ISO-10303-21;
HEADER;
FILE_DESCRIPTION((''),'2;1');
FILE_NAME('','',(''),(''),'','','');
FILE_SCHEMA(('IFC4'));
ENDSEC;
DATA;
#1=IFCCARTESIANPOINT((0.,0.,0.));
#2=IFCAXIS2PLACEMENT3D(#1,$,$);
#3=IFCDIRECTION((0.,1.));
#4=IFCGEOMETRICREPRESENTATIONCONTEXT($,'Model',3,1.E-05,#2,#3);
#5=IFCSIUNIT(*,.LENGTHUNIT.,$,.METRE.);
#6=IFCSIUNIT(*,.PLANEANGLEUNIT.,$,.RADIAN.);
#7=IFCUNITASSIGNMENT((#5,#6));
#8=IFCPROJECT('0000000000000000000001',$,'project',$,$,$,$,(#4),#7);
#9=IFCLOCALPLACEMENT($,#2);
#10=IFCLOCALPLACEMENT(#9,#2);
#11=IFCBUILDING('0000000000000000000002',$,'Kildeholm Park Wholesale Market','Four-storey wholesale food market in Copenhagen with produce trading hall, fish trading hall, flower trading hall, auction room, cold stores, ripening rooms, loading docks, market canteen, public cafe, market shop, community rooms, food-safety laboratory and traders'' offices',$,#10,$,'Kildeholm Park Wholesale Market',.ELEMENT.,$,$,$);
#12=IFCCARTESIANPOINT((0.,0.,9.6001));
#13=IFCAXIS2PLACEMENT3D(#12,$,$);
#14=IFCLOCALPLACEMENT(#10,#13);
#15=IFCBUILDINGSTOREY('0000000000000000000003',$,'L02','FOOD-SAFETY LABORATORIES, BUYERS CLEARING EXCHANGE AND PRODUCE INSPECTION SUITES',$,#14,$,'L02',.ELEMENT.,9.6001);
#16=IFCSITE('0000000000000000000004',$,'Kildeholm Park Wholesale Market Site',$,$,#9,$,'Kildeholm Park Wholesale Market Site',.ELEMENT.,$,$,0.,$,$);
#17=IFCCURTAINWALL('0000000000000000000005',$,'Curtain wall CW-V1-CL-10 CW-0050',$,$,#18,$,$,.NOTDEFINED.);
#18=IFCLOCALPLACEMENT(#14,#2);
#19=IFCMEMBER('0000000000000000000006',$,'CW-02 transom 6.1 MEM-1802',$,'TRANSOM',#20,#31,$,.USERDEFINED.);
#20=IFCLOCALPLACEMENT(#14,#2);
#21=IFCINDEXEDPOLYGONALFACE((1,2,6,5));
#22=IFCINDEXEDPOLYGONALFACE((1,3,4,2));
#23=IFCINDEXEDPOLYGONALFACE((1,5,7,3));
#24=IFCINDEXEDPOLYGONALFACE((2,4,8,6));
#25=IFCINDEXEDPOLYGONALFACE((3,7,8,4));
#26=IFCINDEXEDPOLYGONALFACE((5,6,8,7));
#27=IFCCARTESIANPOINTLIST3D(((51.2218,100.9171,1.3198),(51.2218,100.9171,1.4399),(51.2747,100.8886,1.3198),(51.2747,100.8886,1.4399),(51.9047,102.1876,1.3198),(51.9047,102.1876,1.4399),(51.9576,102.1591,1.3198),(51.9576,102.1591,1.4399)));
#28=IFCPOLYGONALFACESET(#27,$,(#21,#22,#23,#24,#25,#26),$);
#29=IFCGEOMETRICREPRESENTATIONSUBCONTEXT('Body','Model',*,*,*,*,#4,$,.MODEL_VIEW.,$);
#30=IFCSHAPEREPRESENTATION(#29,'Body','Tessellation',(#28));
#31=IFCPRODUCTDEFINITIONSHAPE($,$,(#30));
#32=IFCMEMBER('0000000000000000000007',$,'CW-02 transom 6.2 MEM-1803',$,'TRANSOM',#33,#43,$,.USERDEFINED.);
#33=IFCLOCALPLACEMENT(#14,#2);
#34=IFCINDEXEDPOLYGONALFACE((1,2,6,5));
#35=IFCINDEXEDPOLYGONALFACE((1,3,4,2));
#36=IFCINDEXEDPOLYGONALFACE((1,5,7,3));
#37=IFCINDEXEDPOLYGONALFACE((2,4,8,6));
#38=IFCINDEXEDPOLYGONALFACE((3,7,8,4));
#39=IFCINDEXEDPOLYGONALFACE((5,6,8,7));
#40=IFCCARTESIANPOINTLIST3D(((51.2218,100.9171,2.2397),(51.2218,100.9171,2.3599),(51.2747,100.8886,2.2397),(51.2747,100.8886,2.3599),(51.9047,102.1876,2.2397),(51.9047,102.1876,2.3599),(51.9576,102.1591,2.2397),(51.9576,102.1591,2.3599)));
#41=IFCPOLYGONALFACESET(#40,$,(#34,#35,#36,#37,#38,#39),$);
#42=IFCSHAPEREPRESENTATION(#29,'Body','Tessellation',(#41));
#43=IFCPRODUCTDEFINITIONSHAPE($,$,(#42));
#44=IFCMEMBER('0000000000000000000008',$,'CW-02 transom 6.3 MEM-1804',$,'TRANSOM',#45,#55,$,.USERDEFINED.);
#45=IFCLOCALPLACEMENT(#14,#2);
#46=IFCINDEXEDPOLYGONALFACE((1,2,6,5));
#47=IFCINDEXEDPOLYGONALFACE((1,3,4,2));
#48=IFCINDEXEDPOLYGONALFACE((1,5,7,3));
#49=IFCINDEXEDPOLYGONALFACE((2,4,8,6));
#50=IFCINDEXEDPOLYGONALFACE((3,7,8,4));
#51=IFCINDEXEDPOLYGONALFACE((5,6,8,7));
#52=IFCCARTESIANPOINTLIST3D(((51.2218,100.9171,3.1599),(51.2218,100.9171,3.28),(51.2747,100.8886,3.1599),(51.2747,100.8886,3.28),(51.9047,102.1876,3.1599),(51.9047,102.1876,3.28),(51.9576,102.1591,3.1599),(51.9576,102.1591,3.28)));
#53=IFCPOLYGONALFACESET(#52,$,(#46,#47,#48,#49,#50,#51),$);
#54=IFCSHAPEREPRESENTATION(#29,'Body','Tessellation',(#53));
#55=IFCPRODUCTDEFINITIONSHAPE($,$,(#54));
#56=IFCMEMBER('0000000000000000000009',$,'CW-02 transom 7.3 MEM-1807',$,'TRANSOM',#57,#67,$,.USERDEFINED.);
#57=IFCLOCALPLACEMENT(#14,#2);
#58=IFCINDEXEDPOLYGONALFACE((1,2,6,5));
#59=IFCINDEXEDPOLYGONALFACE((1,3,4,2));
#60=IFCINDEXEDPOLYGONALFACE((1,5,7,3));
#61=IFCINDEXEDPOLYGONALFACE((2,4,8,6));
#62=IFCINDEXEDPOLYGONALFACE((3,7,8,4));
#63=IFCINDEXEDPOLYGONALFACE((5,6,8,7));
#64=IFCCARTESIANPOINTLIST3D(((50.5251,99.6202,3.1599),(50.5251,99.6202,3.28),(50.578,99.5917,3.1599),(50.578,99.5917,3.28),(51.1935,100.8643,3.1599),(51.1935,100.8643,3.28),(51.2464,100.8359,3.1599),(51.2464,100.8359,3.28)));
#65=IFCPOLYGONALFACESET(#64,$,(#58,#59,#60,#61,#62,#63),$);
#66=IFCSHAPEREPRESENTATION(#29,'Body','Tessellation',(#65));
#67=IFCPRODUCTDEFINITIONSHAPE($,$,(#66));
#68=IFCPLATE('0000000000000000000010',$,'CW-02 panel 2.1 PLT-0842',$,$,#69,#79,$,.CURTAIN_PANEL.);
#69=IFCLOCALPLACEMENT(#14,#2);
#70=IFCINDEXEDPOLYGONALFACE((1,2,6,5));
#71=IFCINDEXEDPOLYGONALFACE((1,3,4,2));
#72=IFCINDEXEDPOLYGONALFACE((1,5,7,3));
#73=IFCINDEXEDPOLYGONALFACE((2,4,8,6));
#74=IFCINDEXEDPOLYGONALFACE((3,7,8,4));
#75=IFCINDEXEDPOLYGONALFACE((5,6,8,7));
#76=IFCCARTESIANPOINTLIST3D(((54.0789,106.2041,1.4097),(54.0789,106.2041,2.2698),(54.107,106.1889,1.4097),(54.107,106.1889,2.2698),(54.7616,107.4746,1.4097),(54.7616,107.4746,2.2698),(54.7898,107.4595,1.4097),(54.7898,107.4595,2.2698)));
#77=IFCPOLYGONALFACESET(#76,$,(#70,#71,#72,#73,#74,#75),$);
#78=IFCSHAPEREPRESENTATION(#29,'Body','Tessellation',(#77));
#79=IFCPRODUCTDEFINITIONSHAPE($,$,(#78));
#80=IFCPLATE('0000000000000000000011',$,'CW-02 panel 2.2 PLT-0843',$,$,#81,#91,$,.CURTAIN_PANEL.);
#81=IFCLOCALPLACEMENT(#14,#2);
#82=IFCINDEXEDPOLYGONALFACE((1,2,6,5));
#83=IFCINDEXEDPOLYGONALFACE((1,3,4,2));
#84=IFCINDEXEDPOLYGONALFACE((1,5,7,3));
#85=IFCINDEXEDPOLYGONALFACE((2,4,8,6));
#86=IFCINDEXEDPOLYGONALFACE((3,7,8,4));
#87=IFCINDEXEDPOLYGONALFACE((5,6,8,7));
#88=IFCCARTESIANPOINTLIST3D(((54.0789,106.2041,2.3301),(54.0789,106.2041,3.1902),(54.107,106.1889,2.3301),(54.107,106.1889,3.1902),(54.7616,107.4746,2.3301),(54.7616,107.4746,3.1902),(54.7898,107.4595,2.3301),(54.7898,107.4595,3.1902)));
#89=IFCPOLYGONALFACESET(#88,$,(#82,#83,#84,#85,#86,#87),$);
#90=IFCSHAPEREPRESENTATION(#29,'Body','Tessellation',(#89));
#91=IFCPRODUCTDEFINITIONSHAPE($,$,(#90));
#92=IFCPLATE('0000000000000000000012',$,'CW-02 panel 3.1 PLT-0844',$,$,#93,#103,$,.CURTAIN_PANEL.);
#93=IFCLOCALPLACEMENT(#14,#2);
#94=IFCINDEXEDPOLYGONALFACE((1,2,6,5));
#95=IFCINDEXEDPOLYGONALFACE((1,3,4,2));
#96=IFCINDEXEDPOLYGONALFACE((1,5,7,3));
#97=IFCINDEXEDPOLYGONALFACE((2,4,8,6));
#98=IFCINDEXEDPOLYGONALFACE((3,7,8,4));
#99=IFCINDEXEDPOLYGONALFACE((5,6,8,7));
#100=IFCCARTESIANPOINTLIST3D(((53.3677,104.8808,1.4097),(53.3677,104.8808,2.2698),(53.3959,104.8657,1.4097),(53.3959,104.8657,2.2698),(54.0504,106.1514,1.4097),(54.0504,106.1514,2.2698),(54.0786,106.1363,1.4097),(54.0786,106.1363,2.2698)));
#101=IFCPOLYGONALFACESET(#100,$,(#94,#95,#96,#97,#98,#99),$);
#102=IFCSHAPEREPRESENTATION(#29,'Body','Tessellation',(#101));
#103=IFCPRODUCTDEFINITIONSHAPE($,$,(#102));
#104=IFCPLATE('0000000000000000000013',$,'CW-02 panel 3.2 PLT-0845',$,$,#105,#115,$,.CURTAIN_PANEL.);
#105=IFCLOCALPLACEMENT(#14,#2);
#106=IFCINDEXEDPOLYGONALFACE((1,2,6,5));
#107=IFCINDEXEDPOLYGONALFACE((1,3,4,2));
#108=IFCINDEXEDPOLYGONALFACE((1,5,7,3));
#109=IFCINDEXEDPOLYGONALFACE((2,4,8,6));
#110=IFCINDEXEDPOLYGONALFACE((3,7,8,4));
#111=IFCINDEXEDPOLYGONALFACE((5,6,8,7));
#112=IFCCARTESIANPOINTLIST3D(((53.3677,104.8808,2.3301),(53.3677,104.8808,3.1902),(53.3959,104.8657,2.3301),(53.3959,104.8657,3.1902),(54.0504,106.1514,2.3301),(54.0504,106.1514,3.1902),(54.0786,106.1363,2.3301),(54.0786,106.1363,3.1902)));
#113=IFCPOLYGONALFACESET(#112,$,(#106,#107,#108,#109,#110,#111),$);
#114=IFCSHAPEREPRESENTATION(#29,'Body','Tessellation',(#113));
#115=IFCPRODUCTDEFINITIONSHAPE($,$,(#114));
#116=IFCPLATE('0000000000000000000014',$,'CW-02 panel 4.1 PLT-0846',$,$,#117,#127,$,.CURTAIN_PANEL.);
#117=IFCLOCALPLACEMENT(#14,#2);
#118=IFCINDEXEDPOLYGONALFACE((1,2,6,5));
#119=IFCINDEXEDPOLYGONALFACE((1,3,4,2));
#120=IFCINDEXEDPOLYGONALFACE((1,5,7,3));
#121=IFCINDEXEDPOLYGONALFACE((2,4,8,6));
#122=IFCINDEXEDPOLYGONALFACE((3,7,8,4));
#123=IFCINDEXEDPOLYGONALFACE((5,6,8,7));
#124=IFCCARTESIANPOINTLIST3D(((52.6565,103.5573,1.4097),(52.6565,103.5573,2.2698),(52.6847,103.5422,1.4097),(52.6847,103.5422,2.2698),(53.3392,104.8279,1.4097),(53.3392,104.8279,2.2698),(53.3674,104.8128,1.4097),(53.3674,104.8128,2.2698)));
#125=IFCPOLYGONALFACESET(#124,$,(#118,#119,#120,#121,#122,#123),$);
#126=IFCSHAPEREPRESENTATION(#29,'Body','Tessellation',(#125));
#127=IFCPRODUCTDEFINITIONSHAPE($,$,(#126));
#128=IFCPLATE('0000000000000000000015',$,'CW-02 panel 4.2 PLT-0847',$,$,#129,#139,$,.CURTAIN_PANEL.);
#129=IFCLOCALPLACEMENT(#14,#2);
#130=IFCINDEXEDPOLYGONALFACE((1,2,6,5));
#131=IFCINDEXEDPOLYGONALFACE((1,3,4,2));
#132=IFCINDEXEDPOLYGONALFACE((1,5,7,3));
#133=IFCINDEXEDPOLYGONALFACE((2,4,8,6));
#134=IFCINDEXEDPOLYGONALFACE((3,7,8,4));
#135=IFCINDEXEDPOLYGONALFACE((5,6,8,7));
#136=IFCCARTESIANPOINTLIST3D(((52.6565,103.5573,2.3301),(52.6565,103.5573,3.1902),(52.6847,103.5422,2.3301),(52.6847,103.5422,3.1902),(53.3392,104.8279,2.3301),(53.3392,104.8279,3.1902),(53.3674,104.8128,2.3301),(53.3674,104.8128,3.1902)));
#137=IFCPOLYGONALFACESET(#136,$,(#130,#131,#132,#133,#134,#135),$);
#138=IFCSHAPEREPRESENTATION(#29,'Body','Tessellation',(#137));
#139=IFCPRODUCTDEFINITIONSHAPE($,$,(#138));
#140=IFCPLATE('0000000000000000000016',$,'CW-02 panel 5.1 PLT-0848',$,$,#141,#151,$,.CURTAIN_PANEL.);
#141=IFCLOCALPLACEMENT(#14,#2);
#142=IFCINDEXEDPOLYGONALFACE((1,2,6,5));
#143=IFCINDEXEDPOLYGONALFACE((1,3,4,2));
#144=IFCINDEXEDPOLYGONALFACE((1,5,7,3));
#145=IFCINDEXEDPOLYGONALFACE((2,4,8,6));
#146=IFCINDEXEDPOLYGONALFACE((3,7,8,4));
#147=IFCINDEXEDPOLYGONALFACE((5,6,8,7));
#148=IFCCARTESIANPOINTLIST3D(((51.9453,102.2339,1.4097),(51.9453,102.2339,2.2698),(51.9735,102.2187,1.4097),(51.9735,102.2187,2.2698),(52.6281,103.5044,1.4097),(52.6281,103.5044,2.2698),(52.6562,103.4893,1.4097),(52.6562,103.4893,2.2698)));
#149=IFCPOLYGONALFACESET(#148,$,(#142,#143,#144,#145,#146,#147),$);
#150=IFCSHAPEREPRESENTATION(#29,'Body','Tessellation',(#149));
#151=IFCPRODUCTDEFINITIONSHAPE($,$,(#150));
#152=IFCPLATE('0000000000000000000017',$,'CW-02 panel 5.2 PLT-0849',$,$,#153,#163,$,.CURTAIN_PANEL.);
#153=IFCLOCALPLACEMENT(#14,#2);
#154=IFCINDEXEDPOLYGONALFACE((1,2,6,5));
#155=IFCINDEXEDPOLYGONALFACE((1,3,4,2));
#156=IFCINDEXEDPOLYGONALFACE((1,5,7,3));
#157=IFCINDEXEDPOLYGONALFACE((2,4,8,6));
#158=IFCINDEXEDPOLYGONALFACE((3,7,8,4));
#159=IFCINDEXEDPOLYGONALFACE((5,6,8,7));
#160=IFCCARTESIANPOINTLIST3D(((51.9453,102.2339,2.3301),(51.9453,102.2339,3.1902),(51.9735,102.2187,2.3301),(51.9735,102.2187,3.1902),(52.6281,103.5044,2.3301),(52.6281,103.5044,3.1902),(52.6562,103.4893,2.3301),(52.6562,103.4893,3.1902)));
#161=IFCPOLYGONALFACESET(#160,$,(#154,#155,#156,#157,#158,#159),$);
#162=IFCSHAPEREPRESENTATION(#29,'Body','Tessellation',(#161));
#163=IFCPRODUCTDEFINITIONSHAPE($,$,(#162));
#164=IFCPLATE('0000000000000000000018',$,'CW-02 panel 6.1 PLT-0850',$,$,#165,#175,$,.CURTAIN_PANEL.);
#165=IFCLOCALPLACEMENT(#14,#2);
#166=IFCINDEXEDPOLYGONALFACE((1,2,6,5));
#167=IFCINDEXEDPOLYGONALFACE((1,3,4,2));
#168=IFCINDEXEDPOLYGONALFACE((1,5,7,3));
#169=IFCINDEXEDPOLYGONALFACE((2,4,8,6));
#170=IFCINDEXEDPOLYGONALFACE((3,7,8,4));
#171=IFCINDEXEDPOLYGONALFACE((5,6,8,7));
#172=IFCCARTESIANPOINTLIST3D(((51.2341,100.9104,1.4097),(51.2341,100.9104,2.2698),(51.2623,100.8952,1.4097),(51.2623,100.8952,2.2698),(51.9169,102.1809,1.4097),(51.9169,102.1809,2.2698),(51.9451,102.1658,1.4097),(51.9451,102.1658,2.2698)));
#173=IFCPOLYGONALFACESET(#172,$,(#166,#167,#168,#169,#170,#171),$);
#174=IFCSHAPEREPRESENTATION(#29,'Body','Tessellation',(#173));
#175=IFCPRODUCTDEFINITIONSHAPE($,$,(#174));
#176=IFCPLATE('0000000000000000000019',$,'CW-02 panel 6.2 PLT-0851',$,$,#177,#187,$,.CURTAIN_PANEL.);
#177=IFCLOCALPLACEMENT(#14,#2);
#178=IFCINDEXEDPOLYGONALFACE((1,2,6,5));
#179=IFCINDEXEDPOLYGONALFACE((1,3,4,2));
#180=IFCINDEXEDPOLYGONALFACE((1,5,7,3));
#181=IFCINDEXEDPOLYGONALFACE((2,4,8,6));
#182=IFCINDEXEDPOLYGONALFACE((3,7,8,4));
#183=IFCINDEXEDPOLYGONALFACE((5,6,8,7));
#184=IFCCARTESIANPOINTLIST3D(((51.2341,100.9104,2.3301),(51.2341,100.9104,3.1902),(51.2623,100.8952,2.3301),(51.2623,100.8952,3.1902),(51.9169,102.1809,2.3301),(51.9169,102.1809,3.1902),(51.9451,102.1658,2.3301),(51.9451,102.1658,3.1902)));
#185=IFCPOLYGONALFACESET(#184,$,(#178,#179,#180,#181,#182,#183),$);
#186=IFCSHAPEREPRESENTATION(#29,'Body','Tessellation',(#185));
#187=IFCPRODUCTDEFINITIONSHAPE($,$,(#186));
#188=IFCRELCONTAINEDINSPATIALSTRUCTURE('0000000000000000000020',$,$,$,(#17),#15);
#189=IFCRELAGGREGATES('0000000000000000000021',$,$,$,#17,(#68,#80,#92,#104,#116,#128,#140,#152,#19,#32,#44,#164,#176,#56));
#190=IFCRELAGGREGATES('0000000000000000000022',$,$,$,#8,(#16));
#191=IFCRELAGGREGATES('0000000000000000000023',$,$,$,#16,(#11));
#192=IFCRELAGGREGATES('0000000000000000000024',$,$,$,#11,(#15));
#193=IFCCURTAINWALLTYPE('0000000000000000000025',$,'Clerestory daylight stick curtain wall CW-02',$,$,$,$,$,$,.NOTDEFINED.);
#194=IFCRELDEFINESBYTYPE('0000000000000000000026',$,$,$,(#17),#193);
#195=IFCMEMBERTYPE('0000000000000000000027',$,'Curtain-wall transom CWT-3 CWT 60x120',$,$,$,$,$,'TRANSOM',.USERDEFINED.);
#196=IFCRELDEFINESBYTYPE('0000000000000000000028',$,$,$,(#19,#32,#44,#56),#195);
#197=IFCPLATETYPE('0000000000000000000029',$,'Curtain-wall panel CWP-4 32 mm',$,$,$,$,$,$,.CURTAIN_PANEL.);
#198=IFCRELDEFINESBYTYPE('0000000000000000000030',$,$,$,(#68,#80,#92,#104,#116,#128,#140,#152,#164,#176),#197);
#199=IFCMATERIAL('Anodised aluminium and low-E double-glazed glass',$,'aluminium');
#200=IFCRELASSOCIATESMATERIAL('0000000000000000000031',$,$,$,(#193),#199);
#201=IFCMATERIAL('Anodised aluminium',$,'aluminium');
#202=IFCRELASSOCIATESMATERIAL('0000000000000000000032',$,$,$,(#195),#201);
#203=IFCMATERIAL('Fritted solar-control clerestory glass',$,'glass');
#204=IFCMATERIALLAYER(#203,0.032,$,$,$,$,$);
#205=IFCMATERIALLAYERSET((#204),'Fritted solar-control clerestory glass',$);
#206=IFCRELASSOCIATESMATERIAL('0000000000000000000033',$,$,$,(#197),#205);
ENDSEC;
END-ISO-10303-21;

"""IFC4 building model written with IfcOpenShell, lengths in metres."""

from ifc_helpers import new_model, si_unit, direction, frame, origin, origin_2d, place, context, subcontext, project, spatial, rectangle, extrude, material, layer, layer_set, material_profile, profile_set, type_object, element, aggregate, save


model = new_model("IFC4")

# Units and contexts
model_context = context("Model", 3, precision=1e-05, world=origin(), true_north=direction((0.0, 1.0)))
body_context = subcontext(model_context, "Body", "Model", "MODEL_VIEW")
ifc_project = project(units=[si_unit("LENGTHUNIT", "METRE"), si_unit("PLANEANGLEUNIT", "RADIAN")], contexts=[model_context])

# Site, building, storey
site_placement = place(None, origin())
site = spatial("IfcSite", under=ifc_project, at=site_placement, Name="Kildeholm Park Wholesale Market Site", LongName="Kildeholm Park Wholesale Market Site", CompositionType="ELEMENT", RefElevation=0.0)
building_placement = place(site_placement, origin())
building = spatial("IfcBuilding", under=site, at=building_placement, Name="Kildeholm Park Wholesale Market", Description="Four-storey wholesale food market in Copenhagen with produce trading hall, fish trading hall, flower trading hall, auction room, cold stores, ripening rooms, loading docks, market canteen, public cafe, market shop, community rooms, food-safety laboratory and traders' offices", LongName="Kildeholm Park Wholesale Market", CompositionType="ELEMENT")
storey_placement = place(building_placement, frame((0.0, 0.0, 9.6001)))
storey = spatial("IfcBuildingStorey", under=building, at=storey_placement, Name="L02", Description="FOOD-SAFETY LABORATORIES, BUYERS CLEARING EXCHANGE AND PRODUCE INSPECTION SUITES", LongName="L02", CompositionType="ELEMENT", Elevation=9.6001)

# Curtain wall, members, plates
ifc_material_1 = material(Name="Anodised aluminium and low-E double-glazed glass", Category="aluminium")
curtain_wall_type = type_object("IfcCurtainWallType", Name="Clerestory daylight stick curtain wall CW-02", PredefinedType="NOTDEFINED", material=ifc_material_1)
curtain_wall_placement = place(storey_placement, origin())
curtain_wall = element("IfcCurtainWall", 1, at=curtain_wall_placement, inside=storey, type_object=curtain_wall_type, Name="Curtain wall CW-V1-CL-10 CW-0050", PredefinedType="NOTDEFINED")
ifc_material_2 = material(Name="Anodised aluminium", Category="aluminium")
ifc_material_profile_1 = material_profile(ifc_material_2, rectangle(XDim=0.0601, YDim=0.1201, at=origin_2d()), Name="CWT 60x120")
ifc_profile_set_1 = profile_set([ifc_material_profile_1], Name="Anodised aluminium")
member_type_1 = type_object("IfcMemberType", Name="Curtain-wall transom CWT-3 CWT 60x120", ElementType="TRANSOM", PredefinedType="USERDEFINED", material=ifc_profile_set_1)
member_1_placement = place(storey_placement, frame((51.9312, 102.1733, 1.3799), z_axis=(-0.473423, -0.880835, 0.0), x_axis=(0.880835, -0.473423, 0.0)))
member_1 = element("IfcMember", 2, at=member_1_placement, type_object=member_type_1, Name="CW-02 transom 6.1 MEM-1802", ObjectType="TRANSOM", PredefinedType="USERDEFINED", context=body_context, shape_type="SweptSolid", body=[
    extrude(rectangle(XDim=0.0601, YDim=0.1201, at=origin_2d()), origin(), (0.0, 0.0, 1.0), 1.4424),
])
member_2_placement = place(storey_placement, frame((51.9312, 102.1733, 2.2998), z_axis=(-0.473423, -0.880835, 0.0), x_axis=(0.880835, -0.473423, 0.0)))
member_2 = element("IfcMember", 3, at=member_2_placement, type_object=member_type_1, Name="CW-02 transom 6.2 MEM-1803", ObjectType="TRANSOM", PredefinedType="USERDEFINED", context=body_context, shape_type="SweptSolid", body=[
    extrude(rectangle(XDim=0.0601, YDim=0.1201, at=origin_2d()), origin(), (0.0, 0.0, 1.0), 1.4424),
])
member_3_placement = place(storey_placement, frame((51.9312, 102.1733, 3.22), z_axis=(-0.473423, -0.880835, 0.0), x_axis=(0.880835, -0.473423, 0.0)))
member_3 = element("IfcMember", 4, at=member_3_placement, type_object=member_type_1, Name="CW-02 transom 6.3 MEM-1804", ObjectType="TRANSOM", PredefinedType="USERDEFINED", context=body_context, shape_type="SweptSolid", body=[
    extrude(rectangle(XDim=0.0601, YDim=0.1201, at=origin_2d()), origin(), (0.0, 0.0, 1.0), 1.4424),
])
member_4_placement = place(storey_placement, frame((51.22, 100.8501, 3.22), z_axis=(-0.473296, -0.880904, 0.0), x_axis=(0.880904, -0.473296, 0.0)))
member_4 = element("IfcMember", 5, at=member_4_placement, type_object=member_type_1, Name="CW-02 transom 7.3 MEM-1807", ObjectType="TRANSOM", PredefinedType="USERDEFINED", context=body_context, shape_type="SweptSolid", body=[
    extrude(rectangle(XDim=0.0601, YDim=0.1201, at=origin_2d()), origin(), (0.0, 0.0, 1.0), 1.4124),
])
ifc_material_3 = material(Name="Fritted solar-control clerestory glass", Category="glass")
ifc_layer = layer(ifc_material_3, 0.032)
ifc_layer_set = layer_set([ifc_layer], Name="Fritted solar-control clerestory glass")
plate_type = type_object("IfcPlateType", Name="Curtain-wall panel CWP-4 32 mm", PredefinedType="CURTAIN_PANEL", material=ifc_layer_set)
plate_1_placement = place(storey_placement, frame((54.4343, 106.8318, 1.4097), z_axis=(0.0, 0.0, 1.0), x_axis=(-0.47334, -0.88088, 0.0)))
plate_1 = element("IfcPlate", 6, at=plate_1_placement, type_object=plate_type, Name="CW-02 panel 2.1 PLT-0842", PredefinedType="CURTAIN_PANEL", context=body_context, shape_type="SweptSolid", body=[
    extrude(rectangle(XDim=1.4424, YDim=0.032, at=origin_2d()), origin(), (0.0, 0.0, 1.0), 0.8601),
])
plate_2_placement = place(storey_placement, frame((54.4343, 106.8318, 2.3301), z_axis=(0.0, 0.0, 1.0), x_axis=(-0.47334, -0.88088, 0.0)))
plate_2 = element("IfcPlate", 7, at=plate_2_placement, type_object=plate_type, Name="CW-02 panel 2.2 PLT-0843", PredefinedType="CURTAIN_PANEL", context=body_context, shape_type="SweptSolid", body=[
    extrude(rectangle(XDim=1.4424, YDim=0.032, at=origin_2d()), origin(), (0.0, 0.0, 1.0), 0.8601),
])
plate_3_placement = place(storey_placement, frame((53.7231, 105.5085, 1.4097), z_axis=(0.0, 0.0, 1.0), x_axis=(-0.47334, -0.88088, 0.0)))
plate_3 = element("IfcPlate", 8, at=plate_3_placement, type_object=plate_type, Name="CW-02 panel 3.1 PLT-0844", PredefinedType="CURTAIN_PANEL", context=body_context, shape_type="SweptSolid", body=[
    extrude(rectangle(XDim=1.4424, YDim=0.032, at=origin_2d()), origin(), (0.0, 0.0, 1.0), 0.8601),
])
plate_4_placement = place(storey_placement, frame((53.7231, 105.5085, 2.3301), z_axis=(0.0, 0.0, 1.0), x_axis=(-0.47334, -0.88088, 0.0)))
plate_4 = element("IfcPlate", 9, at=plate_4_placement, type_object=plate_type, Name="CW-02 panel 3.2 PLT-0845", PredefinedType="CURTAIN_PANEL", context=body_context, shape_type="SweptSolid", body=[
    extrude(rectangle(XDim=1.4424, YDim=0.032, at=origin_2d()), origin(), (0.0, 0.0, 1.0), 0.8601),
])
plate_5_placement = place(storey_placement, frame((53.012, 104.1851, 1.4097), z_axis=(0.0, 0.0, 1.0), x_axis=(-0.47334, -0.88088, 0.0)))
plate_5 = element("IfcPlate", 10, at=plate_5_placement, type_object=plate_type, Name="CW-02 panel 4.1 PLT-0846", PredefinedType="CURTAIN_PANEL", context=body_context, shape_type="SweptSolid", body=[
    extrude(rectangle(XDim=1.4424, YDim=0.032, at=origin_2d()), origin(), (0.0, 0.0, 1.0), 0.8601),
])
plate_6_placement = place(storey_placement, frame((53.012, 104.1851, 2.3301), z_axis=(0.0, 0.0, 1.0), x_axis=(-0.47334, -0.88088, 0.0)))
plate_6 = element("IfcPlate", 11, at=plate_6_placement, type_object=plate_type, Name="CW-02 panel 4.2 PLT-0847", PredefinedType="CURTAIN_PANEL", context=body_context, shape_type="SweptSolid", body=[
    extrude(rectangle(XDim=1.4424, YDim=0.032, at=origin_2d()), origin(), (0.0, 0.0, 1.0), 0.8601),
])
plate_7_placement = place(storey_placement, frame((52.3008, 102.8616, 1.4097), z_axis=(0.0, 0.0, 1.0), x_axis=(-0.47334, -0.88088, 0.0)))
plate_7 = element("IfcPlate", 12, at=plate_7_placement, type_object=plate_type, Name="CW-02 panel 5.1 PLT-0848", PredefinedType="CURTAIN_PANEL", context=body_context, shape_type="SweptSolid", body=[
    extrude(rectangle(XDim=1.4424, YDim=0.032, at=origin_2d()), origin(), (0.0, 0.0, 1.0), 0.8601),
])
plate_8_placement = place(storey_placement, frame((52.3008, 102.8616, 2.3301), z_axis=(0.0, 0.0, 1.0), x_axis=(-0.47334, -0.88088, 0.0)))
plate_8 = element("IfcPlate", 13, at=plate_8_placement, type_object=plate_type, Name="CW-02 panel 5.2 PLT-0849", PredefinedType="CURTAIN_PANEL", context=body_context, shape_type="SweptSolid", body=[
    extrude(rectangle(XDim=1.4424, YDim=0.032, at=origin_2d()), origin(), (0.0, 0.0, 1.0), 0.8601),
])
plate_9_placement = place(storey_placement, frame((51.5896, 101.5381, 1.4097), z_axis=(0.0, 0.0, 1.0), x_axis=(-0.47334, -0.88088, 0.0)))
plate_9 = element("IfcPlate", 14, at=plate_9_placement, type_object=plate_type, Name="CW-02 panel 6.1 PLT-0850", PredefinedType="CURTAIN_PANEL", context=body_context, shape_type="SweptSolid", body=[
    extrude(rectangle(XDim=1.4424, YDim=0.032, at=origin_2d()), origin(), (0.0, 0.0, 1.0), 0.8601),
])
plate_10_placement = place(storey_placement, frame((51.5896, 101.5381, 2.3301), z_axis=(0.0, 0.0, 1.0), x_axis=(-0.47334, -0.88088, 0.0)))
plate_10 = element("IfcPlate", 15, at=plate_10_placement, type_object=plate_type, Name="CW-02 panel 6.2 PLT-0851", PredefinedType="CURTAIN_PANEL", context=body_context, shape_type="SweptSolid", body=[
    extrude(rectangle(XDim=1.4424, YDim=0.032, at=origin_2d()), origin(), (0.0, 0.0, 1.0), 0.8601),
])
aggregate(curtain_wall, [plate_1, plate_2, plate_3, plate_4, plate_5, plate_6, plate_7, plate_8, member_1, member_2, member_3, plate_9, plate_10, member_4])

save(model, "model.ifc")
